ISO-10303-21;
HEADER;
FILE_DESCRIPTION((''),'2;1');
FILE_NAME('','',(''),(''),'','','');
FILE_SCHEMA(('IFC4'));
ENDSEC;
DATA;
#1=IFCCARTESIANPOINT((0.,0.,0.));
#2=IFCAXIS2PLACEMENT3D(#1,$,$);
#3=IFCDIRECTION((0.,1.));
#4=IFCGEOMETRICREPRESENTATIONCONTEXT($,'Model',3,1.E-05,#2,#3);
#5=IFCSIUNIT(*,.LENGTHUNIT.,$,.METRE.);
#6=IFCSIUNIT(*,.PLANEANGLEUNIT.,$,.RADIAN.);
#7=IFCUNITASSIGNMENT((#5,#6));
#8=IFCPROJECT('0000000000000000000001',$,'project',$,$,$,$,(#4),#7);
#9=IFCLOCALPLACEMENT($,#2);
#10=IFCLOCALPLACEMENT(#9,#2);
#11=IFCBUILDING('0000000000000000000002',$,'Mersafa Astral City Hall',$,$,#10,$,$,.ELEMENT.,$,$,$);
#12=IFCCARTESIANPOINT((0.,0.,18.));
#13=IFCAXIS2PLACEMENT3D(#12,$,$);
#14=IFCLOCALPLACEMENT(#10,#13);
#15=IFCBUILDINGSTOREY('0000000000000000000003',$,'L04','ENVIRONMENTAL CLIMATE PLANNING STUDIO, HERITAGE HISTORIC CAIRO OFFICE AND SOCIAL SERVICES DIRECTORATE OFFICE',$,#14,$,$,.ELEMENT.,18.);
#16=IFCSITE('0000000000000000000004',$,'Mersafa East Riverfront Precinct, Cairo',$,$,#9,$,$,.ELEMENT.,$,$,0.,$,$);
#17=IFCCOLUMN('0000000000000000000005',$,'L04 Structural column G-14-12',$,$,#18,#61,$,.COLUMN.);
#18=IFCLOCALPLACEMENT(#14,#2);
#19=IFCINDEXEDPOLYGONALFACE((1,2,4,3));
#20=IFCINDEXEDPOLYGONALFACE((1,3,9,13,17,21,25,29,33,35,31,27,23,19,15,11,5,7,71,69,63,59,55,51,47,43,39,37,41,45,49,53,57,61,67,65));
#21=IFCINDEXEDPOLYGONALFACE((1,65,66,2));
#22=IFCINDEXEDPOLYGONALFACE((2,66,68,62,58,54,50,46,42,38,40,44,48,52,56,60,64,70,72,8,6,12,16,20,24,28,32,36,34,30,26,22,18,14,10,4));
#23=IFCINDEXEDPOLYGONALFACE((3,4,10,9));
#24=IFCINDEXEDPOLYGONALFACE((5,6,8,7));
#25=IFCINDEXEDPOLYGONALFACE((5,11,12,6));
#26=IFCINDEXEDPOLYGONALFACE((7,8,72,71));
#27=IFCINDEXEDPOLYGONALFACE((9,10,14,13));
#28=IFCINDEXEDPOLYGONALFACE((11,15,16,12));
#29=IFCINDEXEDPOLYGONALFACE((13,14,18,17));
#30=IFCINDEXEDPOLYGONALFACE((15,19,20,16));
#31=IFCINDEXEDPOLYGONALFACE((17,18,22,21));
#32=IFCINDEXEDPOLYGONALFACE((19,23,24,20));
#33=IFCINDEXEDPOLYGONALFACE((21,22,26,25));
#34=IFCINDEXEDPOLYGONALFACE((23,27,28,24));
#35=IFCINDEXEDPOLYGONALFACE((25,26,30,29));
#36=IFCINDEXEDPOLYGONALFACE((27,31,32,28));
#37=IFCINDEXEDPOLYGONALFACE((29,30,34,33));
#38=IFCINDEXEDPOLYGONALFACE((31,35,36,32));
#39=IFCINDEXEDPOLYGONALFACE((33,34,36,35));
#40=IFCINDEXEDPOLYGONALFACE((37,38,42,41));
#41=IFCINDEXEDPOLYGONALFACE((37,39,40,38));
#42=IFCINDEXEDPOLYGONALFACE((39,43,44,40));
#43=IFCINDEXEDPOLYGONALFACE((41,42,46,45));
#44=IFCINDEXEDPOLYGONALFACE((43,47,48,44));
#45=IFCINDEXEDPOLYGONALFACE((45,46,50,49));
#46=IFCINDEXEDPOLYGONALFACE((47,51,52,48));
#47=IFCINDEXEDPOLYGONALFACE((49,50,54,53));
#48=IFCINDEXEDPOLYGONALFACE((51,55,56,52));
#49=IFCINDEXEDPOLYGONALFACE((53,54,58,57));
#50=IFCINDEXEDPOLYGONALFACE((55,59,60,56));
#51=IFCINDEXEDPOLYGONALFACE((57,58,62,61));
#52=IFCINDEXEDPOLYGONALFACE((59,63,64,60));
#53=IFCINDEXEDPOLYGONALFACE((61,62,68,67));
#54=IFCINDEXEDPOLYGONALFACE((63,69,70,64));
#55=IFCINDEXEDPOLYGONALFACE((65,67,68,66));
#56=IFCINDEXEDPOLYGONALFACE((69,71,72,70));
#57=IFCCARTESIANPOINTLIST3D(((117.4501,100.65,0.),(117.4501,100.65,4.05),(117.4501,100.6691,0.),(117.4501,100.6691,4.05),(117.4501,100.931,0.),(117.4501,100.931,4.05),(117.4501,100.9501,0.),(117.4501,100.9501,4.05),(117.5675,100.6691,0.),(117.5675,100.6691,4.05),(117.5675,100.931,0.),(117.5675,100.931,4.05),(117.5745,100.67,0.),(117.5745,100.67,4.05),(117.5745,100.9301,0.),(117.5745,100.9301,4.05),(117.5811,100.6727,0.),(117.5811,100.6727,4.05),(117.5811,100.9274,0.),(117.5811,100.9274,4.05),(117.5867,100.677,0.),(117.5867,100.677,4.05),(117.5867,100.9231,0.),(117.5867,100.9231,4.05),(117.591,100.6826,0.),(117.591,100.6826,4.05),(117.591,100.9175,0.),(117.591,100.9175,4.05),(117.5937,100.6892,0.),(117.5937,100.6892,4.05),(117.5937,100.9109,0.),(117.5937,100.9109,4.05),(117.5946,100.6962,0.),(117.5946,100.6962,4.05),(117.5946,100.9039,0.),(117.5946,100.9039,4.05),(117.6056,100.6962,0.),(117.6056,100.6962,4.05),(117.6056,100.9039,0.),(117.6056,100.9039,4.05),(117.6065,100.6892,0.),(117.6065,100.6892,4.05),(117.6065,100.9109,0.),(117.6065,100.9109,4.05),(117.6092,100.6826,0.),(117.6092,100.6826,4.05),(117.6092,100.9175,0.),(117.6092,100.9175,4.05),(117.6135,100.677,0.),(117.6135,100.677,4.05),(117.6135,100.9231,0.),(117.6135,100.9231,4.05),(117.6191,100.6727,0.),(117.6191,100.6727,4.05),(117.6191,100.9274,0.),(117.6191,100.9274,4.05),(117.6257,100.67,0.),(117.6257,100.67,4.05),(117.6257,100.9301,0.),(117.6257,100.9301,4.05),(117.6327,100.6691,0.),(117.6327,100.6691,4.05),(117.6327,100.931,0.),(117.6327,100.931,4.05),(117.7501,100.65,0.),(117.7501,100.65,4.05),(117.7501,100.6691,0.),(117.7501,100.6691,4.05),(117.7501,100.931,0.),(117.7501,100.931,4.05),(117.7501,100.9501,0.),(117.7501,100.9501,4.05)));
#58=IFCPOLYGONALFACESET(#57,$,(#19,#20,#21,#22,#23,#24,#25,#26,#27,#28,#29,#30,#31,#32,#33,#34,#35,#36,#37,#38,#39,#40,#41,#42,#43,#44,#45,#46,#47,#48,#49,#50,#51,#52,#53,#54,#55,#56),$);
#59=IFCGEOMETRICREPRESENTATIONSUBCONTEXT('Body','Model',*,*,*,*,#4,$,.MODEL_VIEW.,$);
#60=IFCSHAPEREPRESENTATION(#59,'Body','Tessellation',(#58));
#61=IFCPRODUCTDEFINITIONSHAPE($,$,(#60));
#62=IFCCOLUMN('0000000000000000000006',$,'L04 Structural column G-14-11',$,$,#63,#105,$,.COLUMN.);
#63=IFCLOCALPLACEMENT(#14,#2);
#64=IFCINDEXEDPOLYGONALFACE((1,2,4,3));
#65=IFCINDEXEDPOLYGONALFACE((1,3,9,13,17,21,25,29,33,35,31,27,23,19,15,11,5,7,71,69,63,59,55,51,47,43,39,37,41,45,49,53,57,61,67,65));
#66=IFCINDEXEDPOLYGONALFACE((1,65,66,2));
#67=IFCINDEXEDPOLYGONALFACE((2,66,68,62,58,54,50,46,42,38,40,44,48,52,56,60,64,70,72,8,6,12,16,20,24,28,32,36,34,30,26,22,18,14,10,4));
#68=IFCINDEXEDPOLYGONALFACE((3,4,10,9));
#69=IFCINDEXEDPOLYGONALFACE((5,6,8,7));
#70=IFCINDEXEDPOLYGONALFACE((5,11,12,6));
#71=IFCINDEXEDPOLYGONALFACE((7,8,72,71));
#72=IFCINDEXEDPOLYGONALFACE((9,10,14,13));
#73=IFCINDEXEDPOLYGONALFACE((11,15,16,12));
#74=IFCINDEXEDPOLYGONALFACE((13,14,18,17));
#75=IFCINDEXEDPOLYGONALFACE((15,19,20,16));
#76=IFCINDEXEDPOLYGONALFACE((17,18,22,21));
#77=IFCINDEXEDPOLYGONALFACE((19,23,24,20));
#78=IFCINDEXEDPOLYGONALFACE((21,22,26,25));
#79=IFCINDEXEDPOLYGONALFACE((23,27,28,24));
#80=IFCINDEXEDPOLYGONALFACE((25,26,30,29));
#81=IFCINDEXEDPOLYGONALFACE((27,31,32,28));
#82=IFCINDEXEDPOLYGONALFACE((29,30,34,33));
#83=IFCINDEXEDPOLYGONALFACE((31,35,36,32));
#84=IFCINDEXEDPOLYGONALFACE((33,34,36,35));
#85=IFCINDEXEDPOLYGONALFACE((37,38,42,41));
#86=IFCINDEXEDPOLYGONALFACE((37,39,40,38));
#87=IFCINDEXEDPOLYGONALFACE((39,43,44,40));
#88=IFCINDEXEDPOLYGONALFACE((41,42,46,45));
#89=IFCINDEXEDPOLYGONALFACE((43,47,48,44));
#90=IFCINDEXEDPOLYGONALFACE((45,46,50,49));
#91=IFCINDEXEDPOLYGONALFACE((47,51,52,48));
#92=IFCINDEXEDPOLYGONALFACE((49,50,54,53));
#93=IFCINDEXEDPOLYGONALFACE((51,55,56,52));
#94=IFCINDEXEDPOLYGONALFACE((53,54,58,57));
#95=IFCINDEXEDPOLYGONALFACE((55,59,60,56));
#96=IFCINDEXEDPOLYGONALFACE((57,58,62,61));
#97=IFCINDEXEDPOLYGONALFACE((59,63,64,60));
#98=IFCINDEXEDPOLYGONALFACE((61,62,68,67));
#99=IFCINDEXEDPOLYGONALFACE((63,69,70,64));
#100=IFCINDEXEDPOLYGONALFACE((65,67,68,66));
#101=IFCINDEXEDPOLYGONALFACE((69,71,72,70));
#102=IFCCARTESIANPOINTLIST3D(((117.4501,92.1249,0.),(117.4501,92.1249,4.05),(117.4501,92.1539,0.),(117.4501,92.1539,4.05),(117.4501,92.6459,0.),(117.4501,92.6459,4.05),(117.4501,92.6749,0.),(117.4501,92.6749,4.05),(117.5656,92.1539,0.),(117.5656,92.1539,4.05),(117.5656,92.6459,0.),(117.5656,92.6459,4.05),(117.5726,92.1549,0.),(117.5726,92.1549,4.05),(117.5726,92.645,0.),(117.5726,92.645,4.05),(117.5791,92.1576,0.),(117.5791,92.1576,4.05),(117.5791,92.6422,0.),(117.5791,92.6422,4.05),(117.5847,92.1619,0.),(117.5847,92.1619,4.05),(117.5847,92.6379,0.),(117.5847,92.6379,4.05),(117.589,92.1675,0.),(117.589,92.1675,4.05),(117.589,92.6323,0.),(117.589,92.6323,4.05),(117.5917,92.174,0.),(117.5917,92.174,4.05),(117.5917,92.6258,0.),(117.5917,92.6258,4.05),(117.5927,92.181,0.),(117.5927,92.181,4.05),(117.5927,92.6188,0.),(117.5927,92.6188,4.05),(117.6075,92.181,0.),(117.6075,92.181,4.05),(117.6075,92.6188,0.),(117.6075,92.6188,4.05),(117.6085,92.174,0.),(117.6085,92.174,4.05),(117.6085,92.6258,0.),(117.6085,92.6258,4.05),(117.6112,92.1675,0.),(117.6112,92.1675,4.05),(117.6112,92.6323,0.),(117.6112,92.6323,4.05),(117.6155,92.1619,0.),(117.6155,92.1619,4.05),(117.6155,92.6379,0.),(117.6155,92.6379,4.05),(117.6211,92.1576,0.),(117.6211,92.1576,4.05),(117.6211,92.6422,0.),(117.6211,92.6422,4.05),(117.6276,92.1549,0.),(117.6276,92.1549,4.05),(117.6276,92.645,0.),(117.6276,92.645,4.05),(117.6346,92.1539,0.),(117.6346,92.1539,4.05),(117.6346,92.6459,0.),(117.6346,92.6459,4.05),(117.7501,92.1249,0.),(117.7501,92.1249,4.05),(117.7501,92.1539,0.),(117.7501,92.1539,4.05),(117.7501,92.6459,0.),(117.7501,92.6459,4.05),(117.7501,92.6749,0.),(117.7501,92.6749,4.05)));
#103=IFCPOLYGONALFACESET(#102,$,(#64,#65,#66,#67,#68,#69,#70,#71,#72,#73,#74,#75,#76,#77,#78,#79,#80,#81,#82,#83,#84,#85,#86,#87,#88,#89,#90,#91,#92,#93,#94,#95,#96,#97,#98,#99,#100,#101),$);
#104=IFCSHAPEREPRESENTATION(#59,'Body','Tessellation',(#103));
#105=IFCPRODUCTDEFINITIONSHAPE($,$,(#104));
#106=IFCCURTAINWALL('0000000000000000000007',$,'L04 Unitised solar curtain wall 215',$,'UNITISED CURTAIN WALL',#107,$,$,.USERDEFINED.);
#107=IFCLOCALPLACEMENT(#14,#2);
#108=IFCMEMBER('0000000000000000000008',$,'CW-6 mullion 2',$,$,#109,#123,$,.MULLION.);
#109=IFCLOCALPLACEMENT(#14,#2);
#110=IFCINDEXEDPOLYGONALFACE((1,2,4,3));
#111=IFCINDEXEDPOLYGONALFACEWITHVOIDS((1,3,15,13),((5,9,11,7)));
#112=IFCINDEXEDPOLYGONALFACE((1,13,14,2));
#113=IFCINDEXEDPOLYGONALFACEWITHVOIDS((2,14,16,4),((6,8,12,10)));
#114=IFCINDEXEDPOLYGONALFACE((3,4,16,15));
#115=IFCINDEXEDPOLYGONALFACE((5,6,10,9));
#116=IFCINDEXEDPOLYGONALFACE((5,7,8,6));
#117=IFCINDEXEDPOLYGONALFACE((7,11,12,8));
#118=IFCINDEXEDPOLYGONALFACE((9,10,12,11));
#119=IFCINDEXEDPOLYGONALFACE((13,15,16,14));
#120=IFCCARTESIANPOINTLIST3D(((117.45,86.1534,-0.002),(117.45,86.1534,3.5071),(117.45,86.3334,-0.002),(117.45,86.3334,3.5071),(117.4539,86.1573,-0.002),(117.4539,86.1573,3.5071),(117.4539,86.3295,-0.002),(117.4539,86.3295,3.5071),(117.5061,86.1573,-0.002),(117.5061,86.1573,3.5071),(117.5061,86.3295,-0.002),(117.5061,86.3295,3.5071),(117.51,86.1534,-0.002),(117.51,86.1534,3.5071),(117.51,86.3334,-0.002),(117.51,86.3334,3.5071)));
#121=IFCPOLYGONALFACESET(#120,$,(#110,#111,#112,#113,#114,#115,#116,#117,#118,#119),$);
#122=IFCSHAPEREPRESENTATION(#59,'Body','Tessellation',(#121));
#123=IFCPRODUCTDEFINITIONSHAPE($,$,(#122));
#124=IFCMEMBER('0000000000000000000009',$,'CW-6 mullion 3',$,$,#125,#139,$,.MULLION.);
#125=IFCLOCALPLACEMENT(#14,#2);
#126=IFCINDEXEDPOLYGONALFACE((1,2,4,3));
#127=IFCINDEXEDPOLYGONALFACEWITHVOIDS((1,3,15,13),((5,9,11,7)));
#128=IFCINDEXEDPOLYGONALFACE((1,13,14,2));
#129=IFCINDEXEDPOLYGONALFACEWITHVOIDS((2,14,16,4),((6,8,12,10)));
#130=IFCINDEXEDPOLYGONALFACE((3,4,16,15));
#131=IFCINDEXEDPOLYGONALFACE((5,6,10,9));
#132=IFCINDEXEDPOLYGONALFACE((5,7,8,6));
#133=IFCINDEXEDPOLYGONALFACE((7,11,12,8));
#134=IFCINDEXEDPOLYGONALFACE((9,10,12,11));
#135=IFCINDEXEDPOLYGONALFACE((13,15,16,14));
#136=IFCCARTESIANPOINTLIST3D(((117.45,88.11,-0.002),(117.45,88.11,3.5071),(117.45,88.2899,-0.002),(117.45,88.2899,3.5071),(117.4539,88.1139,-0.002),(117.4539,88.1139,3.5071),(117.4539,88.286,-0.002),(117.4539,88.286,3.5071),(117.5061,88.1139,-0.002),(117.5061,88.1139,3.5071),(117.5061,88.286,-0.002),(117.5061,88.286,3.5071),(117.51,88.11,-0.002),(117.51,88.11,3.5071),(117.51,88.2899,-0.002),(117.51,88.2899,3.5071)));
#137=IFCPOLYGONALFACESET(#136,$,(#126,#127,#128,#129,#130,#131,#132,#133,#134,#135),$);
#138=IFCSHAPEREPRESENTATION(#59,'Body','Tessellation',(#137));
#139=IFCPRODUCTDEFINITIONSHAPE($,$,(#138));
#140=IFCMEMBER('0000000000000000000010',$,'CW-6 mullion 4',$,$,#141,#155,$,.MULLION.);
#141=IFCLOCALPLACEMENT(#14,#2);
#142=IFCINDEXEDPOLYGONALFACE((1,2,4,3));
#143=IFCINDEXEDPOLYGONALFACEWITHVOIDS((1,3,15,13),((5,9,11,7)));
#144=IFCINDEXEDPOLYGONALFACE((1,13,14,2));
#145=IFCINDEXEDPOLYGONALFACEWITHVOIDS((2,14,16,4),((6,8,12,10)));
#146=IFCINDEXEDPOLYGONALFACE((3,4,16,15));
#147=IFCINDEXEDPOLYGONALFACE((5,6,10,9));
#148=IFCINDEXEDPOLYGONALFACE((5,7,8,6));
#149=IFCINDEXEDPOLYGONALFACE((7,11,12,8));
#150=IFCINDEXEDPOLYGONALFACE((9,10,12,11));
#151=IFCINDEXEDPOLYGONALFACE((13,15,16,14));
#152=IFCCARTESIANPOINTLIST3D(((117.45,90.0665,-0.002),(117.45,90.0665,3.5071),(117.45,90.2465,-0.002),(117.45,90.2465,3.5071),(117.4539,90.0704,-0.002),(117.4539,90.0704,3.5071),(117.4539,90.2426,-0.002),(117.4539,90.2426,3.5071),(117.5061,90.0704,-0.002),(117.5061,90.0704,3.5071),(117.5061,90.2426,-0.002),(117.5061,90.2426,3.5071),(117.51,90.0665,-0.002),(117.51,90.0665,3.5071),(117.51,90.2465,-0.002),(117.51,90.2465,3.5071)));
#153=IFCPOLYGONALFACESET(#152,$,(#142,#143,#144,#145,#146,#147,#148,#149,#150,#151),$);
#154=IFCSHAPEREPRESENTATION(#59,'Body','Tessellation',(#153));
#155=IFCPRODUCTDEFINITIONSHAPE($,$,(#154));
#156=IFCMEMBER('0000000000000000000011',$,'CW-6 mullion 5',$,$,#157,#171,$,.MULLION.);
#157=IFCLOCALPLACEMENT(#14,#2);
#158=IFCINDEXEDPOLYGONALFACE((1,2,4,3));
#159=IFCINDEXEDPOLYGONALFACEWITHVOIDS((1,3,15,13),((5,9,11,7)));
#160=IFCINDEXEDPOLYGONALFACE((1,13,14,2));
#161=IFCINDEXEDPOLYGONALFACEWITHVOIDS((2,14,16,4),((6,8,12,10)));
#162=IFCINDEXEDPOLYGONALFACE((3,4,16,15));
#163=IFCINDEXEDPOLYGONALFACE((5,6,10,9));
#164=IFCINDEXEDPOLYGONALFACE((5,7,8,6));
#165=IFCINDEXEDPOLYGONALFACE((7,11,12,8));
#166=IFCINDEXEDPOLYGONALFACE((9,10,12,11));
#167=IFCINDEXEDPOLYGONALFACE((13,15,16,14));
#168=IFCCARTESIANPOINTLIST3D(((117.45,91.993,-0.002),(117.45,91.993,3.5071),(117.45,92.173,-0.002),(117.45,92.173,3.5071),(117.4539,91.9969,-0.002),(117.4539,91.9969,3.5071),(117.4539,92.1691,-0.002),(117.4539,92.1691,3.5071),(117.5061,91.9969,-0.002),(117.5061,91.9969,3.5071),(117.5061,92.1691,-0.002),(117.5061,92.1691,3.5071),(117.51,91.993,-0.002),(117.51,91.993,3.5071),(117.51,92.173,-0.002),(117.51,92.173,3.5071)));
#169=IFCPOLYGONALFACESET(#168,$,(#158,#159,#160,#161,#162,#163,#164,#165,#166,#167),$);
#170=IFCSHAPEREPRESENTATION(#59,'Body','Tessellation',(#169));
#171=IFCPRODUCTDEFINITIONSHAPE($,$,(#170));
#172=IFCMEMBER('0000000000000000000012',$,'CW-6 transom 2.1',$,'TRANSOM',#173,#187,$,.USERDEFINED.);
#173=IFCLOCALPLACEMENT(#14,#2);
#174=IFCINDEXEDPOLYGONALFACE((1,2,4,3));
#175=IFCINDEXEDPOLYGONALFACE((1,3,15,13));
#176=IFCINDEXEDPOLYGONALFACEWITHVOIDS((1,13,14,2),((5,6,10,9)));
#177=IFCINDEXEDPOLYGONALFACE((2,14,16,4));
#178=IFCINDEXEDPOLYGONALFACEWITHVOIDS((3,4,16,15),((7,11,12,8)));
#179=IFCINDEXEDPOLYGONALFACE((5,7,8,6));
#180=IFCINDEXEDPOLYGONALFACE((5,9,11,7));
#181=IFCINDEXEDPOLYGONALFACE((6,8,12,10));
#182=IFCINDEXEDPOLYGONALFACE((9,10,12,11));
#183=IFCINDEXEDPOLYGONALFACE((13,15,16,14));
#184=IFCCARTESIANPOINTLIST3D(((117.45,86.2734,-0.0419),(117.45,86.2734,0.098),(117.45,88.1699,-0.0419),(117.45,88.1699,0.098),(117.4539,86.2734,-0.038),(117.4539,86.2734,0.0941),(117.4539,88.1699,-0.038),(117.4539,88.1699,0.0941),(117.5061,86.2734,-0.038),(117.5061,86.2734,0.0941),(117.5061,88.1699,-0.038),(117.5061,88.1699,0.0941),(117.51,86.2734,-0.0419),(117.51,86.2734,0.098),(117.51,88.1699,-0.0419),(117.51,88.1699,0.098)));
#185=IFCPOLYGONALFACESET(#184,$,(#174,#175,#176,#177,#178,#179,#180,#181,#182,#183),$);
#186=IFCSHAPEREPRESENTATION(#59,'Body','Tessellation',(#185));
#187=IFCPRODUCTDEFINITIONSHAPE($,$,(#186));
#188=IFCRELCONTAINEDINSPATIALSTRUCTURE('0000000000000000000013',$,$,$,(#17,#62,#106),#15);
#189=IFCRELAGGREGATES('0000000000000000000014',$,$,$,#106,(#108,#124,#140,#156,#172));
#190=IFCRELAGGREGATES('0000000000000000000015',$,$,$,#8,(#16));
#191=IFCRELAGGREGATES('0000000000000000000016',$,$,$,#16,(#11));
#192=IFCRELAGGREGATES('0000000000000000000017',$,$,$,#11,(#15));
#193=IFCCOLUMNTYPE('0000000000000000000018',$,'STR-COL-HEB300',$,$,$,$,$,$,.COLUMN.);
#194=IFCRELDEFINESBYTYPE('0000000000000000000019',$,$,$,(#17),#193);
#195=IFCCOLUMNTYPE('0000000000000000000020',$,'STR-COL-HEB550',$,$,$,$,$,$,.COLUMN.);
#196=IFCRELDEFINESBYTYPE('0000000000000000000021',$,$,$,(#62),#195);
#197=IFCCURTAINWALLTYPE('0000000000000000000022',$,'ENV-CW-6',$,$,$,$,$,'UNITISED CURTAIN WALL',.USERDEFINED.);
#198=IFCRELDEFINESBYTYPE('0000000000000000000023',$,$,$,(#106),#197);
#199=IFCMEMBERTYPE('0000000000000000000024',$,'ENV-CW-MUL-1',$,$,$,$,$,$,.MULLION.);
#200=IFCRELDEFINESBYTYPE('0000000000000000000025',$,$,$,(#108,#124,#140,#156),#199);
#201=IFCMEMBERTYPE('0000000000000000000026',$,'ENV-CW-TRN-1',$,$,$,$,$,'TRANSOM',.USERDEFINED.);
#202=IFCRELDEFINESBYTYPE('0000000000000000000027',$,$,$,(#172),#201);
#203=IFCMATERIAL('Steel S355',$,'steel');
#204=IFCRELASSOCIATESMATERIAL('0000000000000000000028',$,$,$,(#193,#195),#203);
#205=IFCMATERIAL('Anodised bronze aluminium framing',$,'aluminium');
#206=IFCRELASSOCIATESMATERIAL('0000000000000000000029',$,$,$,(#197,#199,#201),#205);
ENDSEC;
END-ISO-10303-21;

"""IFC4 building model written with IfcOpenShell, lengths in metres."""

from ifc_helpers import new_model, si_unit, direction, frame, origin, origin_2d, place, context, subcontext, project, spatial, hollow_rectangle, i_section, extrude, material, material_profile, profile_set, type_object, element, aggregate, save


model = new_model("IFC4")

# Units and contexts
model_context = context("Model", 3, precision=1e-05, world=origin(), true_north=direction((0.0, 1.0)))
body_context = subcontext(model_context, "Body", "Model", "MODEL_VIEW")
ifc_project = project(units=[si_unit("LENGTHUNIT", "METRE"), si_unit("PLANEANGLEUNIT", "RADIAN")], contexts=[model_context])

# Site, building, storey
site_placement = place(None, origin())
site = spatial("IfcSite", under=ifc_project, at=site_placement, Name="Mersafa East Riverfront Precinct, Cairo", CompositionType="ELEMENT", RefElevation=0.0)
building_placement = place(site_placement, origin())
building = spatial("IfcBuilding", under=site, at=building_placement, Name="Mersafa Astral City Hall", CompositionType="ELEMENT")
storey_placement = place(building_placement, frame((0.0, 0.0, 18.0)))
storey = spatial("IfcBuildingStorey", under=building, at=storey_placement, Name="L04", Description="ENVIRONMENTAL CLIMATE PLANNING STUDIO, HERITAGE HISTORIC CAIRO OFFICE AND SOCIAL SERVICES DIRECTORATE OFFICE", CompositionType="ELEMENT", Elevation=18.0)

# Columns
ifc_material_1 = material(Name="Steel S355", Category="steel")
ifc_material_profile_1 = material_profile(ifc_material_1, i_section(OverallWidth=0.3, OverallDepth=0.3, WebThickness=0.011, FlangeThickness=0.019, FilletRadius=0.0271, at=origin_2d()), Name="HEB 300")
ifc_profile_set_1 = profile_set([ifc_material_profile_1], Name="Steel S355")
column_type_1 = type_object("IfcColumnType", Name="STR-COL-HEB300", PredefinedType="COLUMN", material=ifc_profile_set_1)
column_1_placement = place(storey_placement, frame((117.6001, 100.8, 0.0), z_axis=(0.0, 0.0, 1.0), x_axis=(1.0, 0.0, 0.0)))
element("IfcColumn", 1, at=column_1_placement, inside=storey, type_object=column_type_1, Name="L04 Structural column G-14-12", PredefinedType="COLUMN", context=body_context, shape_type="SweptSolid", body=[
    extrude(i_section(OverallWidth=0.3, OverallDepth=0.3, WebThickness=0.011, FlangeThickness=0.019, FilletRadius=0.0271, at=origin_2d()), origin(), (0.0, 0.0, 1.0), 4.05),
])
ifc_material_profile_2 = material_profile(ifc_material_1, i_section(OverallWidth=0.3, OverallDepth=0.55, WebThickness=0.0149, FlangeThickness=0.0291, FilletRadius=0.0271, at=origin_2d()), Name="HEB 550")
ifc_profile_set_2 = profile_set([ifc_material_profile_2], Name="Steel S355")
column_type_2 = type_object("IfcColumnType", Name="STR-COL-HEB550", PredefinedType="COLUMN", material=ifc_profile_set_2)
column_2_placement = place(storey_placement, frame((117.6001, 92.3999, 0.0), z_axis=(0.0, 0.0, 1.0), x_axis=(1.0, 0.0, 0.0)))
element("IfcColumn", 2, at=column_2_placement, inside=storey, type_object=column_type_2, Name="L04 Structural column G-14-11", PredefinedType="COLUMN", context=body_context, shape_type="SweptSolid", body=[
    extrude(i_section(OverallWidth=0.3, OverallDepth=0.55, WebThickness=0.0149, FlangeThickness=0.0291, FilletRadius=0.0271, at=origin_2d()), origin(), (0.0, 0.0, 1.0), 4.05),
])

# Curtain wall, members
ifc_material_2 = material(Name="Anodised bronze aluminium framing", Category="aluminium")
curtain_wall_type = type_object("IfcCurtainWallType", Name="ENV-CW-6", ElementType="UNITISED CURTAIN WALL", PredefinedType="USERDEFINED", material=ifc_material_2)
curtain_wall_placement = place(storey_placement, origin())
curtain_wall = element("IfcCurtainWall", 3, at=curtain_wall_placement, inside=storey, type_object=curtain_wall_type, Name="L04 Unitised solar curtain wall 215", ObjectType="UNITISED CURTAIN WALL", PredefinedType="USERDEFINED")
ifc_material_profile_3 = material_profile(ifc_material_2, hollow_rectangle(XDim=0.0601, YDim=0.1799, WallThickness=0.0039, at=origin_2d()), Name="RHS 60x180x4")
ifc_profile_set_3 = profile_set([ifc_material_profile_3], Name="Anodised bronze aluminium framing")
member_type_1 = type_object("IfcMemberType", Name="ENV-CW-MUL-1", PredefinedType="MULLION", material=ifc_profile_set_3)
member_1_placement = place(storey_placement, frame((117.48, 86.2434, -0.002), z_axis=(0.0, 0.0, 1.0), x_axis=(-1.0, 0.0, 0.0)))
member_1 = element("IfcMember", 4, at=member_1_placement, type_object=member_type_1, Name="CW-6 mullion 2", PredefinedType="MULLION", context=body_context, shape_type="SweptSolid", body=[
    extrude(hollow_rectangle(XDim=0.0601, YDim=0.1799, WallThickness=0.0039, at=origin_2d()), origin(), (0.0, 0.0, 1.0), 3.509),
])
member_2_placement = place(storey_placement, frame((117.48, 88.2, -0.002), z_axis=(0.0, 0.0, 1.0), x_axis=(-1.0, 0.0, 0.0)))
member_2 = element("IfcMember", 5, at=member_2_placement, type_object=member_type_1, Name="CW-6 mullion 3", PredefinedType="MULLION", context=body_context, shape_type="SweptSolid", body=[
    extrude(hollow_rectangle(XDim=0.0601, YDim=0.1799, WallThickness=0.0039, at=origin_2d()), origin(), (0.0, 0.0, 1.0), 3.509),
])
member_3_placement = place(storey_placement, frame((117.48, 90.1565, -0.002), z_axis=(0.0, 0.0, 1.0), x_axis=(-1.0, 0.0, 0.0)))
member_3 = element("IfcMember", 6, at=member_3_placement, type_object=member_type_1, Name="CW-6 mullion 4", PredefinedType="MULLION", context=body_context, shape_type="SweptSolid", body=[
    extrude(hollow_rectangle(XDim=0.0601, YDim=0.1799, WallThickness=0.0039, at=origin_2d()), origin(), (0.0, 0.0, 1.0), 3.509),
])
member_4_placement = place(storey_placement, frame((117.48, 92.083, -0.002), z_axis=(0.0, 0.0, 1.0), x_axis=(-1.0, 0.0, 0.0)))
member_4 = element("IfcMember", 7, at=member_4_placement, type_object=member_type_1, Name="CW-6 mullion 5", PredefinedType="MULLION", context=body_context, shape_type="SweptSolid", body=[
    extrude(hollow_rectangle(XDim=0.0601, YDim=0.1799, WallThickness=0.0039, at=origin_2d()), origin(), (0.0, 0.0, 1.0), 3.509),
])
ifc_material_profile_4 = material_profile(ifc_material_2, hollow_rectangle(XDim=0.0601, YDim=0.1399, WallThickness=0.0039, at=origin_2d()), Name="RHS 60x140x4")
ifc_profile_set_4 = profile_set([ifc_material_profile_4], Name="Anodised bronze aluminium framing")
member_type_2 = type_object("IfcMemberType", Name="ENV-CW-TRN-1", ElementType="TRANSOM", PredefinedType="USERDEFINED", material=ifc_profile_set_4)
member_5_placement = place(storey_placement, frame((117.48, 86.2734, 0.0281), z_axis=(0.0, 1.0, 0.0), x_axis=(-1.0, 0.0, 0.0)))
member_5 = element("IfcMember", 8, at=member_5_placement, type_object=member_type_2, Name="CW-6 transom 2.1", ObjectType="TRANSOM", PredefinedType="USERDEFINED", context=body_context, shape_type="SweptSolid", body=[
    extrude(hollow_rectangle(XDim=0.0601, YDim=0.1399, WallThickness=0.0039, at=origin_2d()), origin(), (0.0, 0.0, 1.0), 1.8965),
])

aggregate(curtain_wall, [member_1, member_2, member_3, member_4, member_5])

save(model, "model.ifc")
